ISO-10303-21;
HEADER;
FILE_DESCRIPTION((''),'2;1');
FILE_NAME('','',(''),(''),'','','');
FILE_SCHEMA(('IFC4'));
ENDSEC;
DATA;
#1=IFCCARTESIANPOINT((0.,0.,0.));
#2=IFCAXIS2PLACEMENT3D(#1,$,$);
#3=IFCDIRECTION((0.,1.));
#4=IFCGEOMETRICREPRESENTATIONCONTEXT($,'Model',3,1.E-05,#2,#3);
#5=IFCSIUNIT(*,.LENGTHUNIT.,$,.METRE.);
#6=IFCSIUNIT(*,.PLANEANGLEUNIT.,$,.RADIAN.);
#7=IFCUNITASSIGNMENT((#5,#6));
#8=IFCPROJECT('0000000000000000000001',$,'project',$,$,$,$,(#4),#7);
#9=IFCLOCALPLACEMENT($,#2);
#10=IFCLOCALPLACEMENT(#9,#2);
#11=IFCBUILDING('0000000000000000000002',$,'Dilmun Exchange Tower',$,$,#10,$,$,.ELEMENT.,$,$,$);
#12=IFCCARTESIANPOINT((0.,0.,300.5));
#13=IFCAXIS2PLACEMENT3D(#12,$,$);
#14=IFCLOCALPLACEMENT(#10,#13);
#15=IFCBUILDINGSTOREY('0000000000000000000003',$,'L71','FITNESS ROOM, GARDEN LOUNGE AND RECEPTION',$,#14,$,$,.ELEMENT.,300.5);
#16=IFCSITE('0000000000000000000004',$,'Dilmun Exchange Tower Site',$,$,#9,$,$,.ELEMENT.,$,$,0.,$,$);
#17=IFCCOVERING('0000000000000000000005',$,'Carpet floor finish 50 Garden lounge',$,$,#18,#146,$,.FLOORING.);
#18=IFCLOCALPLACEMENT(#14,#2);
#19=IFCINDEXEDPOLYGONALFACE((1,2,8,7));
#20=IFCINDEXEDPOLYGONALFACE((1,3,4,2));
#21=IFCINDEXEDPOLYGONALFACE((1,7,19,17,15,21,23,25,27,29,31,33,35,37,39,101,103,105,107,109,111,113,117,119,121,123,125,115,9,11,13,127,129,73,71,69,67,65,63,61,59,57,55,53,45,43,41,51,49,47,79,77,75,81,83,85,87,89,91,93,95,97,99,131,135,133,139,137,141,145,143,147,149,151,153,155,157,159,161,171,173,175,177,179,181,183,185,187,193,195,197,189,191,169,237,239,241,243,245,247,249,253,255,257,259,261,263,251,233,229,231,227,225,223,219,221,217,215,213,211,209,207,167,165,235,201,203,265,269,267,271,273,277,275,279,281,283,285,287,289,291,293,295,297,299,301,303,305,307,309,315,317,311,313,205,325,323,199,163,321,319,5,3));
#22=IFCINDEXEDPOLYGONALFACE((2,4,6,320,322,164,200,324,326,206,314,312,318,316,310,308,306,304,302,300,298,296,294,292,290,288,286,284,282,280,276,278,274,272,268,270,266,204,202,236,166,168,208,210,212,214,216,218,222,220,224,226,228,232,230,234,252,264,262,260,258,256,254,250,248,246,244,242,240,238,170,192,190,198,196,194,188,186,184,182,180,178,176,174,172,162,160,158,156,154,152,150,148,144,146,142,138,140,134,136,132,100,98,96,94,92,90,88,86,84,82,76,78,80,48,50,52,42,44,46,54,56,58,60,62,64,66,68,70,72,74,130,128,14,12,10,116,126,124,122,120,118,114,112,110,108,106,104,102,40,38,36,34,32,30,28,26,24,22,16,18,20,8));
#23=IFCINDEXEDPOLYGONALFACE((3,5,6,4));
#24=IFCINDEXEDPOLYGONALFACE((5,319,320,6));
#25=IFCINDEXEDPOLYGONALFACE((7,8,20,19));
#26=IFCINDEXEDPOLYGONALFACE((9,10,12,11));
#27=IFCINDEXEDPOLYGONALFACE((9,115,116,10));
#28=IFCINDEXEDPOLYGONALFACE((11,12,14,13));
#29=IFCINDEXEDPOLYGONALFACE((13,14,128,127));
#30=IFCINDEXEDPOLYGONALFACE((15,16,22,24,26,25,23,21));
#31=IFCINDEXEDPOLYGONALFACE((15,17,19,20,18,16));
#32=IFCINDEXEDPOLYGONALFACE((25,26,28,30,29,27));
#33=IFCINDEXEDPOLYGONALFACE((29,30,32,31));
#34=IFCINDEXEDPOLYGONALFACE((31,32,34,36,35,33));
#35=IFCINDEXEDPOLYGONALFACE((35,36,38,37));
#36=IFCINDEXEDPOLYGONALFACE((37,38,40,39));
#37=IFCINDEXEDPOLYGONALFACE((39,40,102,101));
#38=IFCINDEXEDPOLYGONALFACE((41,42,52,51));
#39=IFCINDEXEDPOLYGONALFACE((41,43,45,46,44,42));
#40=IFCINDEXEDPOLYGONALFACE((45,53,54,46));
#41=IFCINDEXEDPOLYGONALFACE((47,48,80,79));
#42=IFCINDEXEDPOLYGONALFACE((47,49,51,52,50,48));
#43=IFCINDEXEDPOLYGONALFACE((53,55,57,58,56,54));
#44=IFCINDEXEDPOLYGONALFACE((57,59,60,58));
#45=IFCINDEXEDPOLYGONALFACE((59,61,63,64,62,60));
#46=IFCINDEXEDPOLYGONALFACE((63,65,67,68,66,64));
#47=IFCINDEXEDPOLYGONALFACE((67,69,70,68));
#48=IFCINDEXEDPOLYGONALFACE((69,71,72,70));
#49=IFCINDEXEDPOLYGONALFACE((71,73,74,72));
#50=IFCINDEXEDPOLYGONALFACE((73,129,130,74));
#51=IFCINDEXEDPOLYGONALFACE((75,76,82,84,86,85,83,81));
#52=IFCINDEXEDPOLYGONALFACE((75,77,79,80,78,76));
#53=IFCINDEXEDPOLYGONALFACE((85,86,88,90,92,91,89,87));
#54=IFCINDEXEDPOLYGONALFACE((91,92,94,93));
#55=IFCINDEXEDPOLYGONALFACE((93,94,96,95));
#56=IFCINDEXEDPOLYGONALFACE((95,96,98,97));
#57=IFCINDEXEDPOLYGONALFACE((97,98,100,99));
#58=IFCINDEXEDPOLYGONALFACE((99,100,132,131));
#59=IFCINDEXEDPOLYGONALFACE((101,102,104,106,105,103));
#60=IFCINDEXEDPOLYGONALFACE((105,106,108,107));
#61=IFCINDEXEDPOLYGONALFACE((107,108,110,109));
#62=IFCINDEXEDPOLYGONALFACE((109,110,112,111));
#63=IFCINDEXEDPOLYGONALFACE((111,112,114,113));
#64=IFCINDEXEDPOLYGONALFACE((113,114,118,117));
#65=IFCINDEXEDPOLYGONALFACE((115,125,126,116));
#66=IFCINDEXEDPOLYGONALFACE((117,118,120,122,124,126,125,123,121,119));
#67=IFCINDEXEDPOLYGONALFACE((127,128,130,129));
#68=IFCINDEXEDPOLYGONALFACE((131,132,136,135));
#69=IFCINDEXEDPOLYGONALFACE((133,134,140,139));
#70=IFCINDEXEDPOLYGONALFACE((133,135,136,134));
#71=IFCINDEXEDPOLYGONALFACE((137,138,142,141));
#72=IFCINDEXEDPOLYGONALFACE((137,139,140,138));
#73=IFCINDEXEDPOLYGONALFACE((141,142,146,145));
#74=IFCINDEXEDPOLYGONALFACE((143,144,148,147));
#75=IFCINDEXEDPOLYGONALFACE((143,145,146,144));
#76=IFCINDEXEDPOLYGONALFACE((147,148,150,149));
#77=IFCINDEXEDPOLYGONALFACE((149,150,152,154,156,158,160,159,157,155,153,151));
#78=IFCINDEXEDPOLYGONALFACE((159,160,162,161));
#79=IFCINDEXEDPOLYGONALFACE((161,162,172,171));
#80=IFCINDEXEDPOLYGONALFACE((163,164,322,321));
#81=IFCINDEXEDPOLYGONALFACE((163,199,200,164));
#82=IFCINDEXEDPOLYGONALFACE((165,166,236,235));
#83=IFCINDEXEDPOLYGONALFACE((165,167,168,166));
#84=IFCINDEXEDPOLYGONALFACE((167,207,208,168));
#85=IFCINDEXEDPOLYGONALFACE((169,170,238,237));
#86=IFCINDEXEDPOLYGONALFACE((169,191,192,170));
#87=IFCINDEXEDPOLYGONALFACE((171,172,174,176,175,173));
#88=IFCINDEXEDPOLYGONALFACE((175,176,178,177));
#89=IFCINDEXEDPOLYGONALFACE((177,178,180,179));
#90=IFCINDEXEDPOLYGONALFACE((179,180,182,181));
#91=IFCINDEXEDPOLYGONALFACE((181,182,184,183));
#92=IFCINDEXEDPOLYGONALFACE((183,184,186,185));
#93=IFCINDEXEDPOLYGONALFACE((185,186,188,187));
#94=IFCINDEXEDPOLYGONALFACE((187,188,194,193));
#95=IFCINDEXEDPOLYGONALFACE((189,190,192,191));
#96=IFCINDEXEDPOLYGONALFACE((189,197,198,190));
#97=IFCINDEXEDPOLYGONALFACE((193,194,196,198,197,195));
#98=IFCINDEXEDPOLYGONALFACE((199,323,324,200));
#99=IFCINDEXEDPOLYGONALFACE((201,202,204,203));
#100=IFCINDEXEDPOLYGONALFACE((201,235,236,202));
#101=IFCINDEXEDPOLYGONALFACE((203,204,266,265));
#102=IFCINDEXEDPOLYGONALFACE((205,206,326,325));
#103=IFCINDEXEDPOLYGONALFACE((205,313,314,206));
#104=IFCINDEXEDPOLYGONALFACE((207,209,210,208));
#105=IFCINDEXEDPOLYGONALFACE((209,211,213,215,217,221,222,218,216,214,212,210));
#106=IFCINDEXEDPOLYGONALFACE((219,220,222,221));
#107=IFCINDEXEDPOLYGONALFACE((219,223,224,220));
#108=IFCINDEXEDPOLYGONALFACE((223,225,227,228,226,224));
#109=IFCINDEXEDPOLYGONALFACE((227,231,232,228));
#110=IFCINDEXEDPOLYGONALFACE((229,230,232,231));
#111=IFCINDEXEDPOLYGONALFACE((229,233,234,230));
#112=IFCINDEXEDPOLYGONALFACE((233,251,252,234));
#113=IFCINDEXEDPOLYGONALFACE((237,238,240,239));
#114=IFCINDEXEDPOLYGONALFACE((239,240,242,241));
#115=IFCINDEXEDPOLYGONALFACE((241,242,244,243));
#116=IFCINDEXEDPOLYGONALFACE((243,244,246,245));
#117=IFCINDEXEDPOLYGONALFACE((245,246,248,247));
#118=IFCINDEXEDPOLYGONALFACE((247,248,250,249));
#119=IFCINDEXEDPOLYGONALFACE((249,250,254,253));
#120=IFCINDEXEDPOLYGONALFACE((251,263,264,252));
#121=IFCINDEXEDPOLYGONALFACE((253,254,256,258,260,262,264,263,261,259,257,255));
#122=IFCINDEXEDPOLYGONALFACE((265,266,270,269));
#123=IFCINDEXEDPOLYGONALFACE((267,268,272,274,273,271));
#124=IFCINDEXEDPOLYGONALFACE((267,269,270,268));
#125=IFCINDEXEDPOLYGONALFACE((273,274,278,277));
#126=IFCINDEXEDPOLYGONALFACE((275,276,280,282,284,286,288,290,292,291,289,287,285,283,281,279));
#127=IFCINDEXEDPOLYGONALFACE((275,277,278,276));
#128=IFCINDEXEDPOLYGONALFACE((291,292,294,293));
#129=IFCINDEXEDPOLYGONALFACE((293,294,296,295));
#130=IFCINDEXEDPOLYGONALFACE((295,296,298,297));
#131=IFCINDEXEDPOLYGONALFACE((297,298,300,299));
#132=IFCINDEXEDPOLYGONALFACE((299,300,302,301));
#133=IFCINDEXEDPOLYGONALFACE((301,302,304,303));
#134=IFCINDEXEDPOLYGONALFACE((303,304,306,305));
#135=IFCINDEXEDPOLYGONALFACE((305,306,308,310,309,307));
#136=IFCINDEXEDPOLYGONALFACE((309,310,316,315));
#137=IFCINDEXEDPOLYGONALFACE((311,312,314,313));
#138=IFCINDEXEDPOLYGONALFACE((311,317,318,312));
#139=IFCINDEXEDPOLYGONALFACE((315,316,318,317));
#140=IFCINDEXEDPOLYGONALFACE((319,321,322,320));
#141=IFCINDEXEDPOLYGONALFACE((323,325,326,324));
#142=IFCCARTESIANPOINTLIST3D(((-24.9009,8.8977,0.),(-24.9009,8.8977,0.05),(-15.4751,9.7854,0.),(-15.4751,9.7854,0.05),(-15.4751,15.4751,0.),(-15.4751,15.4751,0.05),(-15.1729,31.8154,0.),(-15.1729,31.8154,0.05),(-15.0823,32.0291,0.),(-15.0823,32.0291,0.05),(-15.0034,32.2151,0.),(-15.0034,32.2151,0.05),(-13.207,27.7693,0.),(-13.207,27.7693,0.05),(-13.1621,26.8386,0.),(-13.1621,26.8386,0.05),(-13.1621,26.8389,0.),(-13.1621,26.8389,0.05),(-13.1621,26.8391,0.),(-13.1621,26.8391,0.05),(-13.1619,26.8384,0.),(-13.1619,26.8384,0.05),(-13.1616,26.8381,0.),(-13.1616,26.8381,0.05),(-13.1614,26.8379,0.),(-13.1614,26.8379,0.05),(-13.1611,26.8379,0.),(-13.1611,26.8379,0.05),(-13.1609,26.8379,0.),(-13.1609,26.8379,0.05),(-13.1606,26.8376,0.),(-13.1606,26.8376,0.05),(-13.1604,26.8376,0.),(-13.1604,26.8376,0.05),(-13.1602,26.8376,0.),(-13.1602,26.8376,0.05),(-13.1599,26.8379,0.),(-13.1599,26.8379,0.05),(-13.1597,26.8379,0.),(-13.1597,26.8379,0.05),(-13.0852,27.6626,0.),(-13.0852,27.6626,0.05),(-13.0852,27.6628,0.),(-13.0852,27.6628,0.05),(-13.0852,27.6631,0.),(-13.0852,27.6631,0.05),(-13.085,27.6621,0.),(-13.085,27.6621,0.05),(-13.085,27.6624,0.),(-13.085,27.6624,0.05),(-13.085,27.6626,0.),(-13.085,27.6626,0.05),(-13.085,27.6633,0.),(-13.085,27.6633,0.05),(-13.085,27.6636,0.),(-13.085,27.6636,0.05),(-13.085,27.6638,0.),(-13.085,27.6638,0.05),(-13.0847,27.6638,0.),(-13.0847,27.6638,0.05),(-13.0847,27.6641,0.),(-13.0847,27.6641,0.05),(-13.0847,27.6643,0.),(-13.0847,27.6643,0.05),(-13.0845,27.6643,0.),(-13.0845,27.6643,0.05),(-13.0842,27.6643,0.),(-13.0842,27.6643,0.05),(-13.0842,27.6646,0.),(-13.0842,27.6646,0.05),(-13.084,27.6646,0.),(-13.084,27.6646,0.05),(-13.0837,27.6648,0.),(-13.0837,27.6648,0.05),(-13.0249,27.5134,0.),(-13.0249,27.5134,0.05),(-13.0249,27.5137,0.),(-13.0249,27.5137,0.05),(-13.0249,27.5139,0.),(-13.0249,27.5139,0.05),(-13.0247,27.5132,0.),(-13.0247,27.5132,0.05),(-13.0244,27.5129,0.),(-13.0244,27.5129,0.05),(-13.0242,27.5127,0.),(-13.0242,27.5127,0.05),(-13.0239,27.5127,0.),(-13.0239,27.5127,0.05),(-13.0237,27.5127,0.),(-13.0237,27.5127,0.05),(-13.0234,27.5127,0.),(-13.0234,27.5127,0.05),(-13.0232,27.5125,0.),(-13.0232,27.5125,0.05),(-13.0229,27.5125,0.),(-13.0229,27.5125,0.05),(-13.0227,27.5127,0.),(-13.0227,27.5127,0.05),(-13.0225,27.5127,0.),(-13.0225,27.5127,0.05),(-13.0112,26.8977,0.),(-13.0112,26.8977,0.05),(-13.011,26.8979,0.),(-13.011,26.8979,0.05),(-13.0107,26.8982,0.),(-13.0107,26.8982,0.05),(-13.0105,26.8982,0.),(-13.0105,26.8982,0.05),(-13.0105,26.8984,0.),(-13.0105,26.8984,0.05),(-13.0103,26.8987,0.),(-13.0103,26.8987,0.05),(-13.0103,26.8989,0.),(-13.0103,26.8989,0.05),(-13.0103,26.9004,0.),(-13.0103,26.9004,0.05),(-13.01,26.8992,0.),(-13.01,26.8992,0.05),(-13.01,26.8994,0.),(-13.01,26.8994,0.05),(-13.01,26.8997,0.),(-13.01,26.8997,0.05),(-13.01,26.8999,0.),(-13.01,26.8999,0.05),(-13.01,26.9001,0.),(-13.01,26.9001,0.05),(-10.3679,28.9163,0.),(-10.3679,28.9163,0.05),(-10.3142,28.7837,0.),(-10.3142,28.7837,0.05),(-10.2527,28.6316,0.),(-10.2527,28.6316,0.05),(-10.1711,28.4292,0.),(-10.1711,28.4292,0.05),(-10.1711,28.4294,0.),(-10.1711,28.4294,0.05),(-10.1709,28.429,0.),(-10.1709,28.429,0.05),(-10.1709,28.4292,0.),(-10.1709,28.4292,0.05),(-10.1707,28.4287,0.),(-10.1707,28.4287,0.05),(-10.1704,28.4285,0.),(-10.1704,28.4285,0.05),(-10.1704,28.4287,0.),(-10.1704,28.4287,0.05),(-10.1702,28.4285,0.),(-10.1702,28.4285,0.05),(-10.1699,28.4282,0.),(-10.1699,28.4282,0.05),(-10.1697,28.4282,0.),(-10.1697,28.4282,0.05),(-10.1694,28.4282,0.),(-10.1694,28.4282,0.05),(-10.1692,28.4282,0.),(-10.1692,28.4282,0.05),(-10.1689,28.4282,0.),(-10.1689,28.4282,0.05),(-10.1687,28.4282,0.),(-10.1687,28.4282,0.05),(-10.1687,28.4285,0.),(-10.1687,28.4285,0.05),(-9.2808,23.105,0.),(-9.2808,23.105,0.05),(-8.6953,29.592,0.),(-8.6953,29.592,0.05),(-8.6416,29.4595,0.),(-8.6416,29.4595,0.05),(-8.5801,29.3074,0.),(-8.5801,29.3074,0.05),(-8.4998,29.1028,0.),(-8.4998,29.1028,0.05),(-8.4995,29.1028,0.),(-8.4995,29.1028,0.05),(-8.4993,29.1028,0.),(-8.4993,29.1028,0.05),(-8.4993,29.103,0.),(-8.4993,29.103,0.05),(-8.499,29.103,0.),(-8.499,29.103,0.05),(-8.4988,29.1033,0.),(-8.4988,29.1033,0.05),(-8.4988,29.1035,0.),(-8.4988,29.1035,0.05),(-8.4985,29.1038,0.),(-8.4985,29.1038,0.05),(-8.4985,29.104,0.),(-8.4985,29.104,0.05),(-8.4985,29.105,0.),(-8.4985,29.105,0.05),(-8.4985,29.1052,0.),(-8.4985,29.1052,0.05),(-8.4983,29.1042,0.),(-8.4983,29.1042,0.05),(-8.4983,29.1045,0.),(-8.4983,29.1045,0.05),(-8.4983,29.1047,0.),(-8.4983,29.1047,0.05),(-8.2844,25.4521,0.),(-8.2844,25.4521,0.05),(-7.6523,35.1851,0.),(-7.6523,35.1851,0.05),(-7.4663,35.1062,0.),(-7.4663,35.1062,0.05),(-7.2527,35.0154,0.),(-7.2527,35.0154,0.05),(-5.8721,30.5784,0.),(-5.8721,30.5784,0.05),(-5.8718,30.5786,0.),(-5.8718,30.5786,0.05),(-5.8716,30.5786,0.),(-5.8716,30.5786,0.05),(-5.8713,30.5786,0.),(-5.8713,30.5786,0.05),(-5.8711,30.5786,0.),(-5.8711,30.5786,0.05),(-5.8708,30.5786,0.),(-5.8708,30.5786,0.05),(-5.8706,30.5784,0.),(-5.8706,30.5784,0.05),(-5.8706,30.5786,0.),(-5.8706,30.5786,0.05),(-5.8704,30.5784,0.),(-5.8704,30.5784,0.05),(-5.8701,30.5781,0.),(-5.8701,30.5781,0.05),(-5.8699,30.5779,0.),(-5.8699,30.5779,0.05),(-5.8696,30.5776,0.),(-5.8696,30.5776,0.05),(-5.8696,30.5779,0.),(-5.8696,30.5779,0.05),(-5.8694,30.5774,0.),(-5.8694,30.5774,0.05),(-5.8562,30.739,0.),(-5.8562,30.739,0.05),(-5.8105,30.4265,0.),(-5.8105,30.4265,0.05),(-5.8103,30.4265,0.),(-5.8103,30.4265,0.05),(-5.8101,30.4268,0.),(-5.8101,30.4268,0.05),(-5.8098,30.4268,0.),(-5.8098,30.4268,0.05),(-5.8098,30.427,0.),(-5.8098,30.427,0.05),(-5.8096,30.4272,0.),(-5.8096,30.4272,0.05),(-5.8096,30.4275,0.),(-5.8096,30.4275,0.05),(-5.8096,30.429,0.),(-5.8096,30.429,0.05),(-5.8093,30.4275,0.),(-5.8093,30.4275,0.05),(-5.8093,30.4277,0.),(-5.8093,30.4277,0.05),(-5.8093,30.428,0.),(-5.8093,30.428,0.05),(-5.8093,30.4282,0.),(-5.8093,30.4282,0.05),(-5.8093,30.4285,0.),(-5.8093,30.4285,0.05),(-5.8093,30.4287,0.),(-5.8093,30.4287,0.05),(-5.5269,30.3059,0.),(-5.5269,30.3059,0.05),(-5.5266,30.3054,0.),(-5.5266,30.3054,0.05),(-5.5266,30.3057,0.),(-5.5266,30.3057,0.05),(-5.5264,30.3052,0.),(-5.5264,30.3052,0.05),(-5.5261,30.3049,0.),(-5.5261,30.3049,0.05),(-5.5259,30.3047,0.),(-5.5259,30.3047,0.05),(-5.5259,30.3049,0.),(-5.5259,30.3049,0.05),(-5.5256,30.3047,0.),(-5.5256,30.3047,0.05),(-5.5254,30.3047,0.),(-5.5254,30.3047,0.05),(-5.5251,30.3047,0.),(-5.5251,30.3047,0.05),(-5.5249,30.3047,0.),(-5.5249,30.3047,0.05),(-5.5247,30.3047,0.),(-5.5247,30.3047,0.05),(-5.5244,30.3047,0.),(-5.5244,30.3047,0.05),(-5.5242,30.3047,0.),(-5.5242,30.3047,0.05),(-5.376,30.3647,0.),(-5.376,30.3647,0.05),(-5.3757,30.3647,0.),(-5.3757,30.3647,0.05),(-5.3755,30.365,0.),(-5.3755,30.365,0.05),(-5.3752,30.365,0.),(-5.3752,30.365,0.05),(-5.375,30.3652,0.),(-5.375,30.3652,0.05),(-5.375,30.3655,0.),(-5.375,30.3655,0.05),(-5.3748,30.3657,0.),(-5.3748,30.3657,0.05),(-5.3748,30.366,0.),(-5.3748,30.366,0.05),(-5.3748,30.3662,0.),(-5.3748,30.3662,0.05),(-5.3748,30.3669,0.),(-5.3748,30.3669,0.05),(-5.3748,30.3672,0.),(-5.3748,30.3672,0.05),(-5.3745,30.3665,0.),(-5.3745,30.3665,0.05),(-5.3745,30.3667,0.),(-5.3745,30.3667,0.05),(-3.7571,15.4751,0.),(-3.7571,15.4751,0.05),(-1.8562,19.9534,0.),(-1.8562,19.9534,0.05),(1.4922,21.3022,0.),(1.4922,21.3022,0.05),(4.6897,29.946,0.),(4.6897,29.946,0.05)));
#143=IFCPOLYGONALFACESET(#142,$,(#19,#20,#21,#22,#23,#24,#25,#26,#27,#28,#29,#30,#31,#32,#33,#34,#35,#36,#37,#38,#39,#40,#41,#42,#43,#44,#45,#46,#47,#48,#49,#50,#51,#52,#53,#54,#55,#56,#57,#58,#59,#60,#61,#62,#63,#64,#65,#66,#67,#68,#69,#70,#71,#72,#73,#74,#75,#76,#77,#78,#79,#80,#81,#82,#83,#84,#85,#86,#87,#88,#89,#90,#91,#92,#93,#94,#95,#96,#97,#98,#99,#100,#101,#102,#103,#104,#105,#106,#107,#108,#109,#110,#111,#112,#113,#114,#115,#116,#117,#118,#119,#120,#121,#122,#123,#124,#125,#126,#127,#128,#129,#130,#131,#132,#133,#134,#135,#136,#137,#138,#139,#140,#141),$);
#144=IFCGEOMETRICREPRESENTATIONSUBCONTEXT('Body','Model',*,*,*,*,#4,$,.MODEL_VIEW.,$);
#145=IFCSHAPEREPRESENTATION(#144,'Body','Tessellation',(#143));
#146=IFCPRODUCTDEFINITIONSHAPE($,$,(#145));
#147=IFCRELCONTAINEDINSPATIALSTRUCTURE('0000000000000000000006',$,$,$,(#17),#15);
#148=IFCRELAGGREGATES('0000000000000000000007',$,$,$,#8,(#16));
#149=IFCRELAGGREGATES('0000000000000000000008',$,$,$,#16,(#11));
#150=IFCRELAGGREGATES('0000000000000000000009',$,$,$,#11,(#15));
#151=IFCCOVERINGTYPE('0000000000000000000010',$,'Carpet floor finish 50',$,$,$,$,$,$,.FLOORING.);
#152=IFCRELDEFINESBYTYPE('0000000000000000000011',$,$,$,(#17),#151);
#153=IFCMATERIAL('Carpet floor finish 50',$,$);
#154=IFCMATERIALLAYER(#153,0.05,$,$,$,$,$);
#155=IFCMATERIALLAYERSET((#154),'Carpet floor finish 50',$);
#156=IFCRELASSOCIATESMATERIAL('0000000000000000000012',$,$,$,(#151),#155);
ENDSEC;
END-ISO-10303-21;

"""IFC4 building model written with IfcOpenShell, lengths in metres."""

from ifc_helpers import new_model, si_unit, direction, frame, origin, place, context, subcontext, project, spatial, polyline, outline, extrude, material, layer, layer_set, type_object, element, save


model = new_model("IFC4")

# Units and contexts
model_context = context("Model", 3, precision=1e-05, world=origin(), true_north=direction((0.0, 1.0)))
body_context = subcontext(model_context, "Body", "Model", "MODEL_VIEW")
ifc_project = project(units=[si_unit("LENGTHUNIT", "METRE"), si_unit("PLANEANGLEUNIT", "RADIAN")], contexts=[model_context])

# Site, building, storey
site_placement = place(None, origin())
site = spatial("IfcSite", under=ifc_project, at=site_placement, Name="Dilmun Exchange Tower Site", CompositionType="ELEMENT", RefElevation=0.0)
building_placement = place(site_placement, origin())
building = spatial("IfcBuilding", under=site, at=building_placement, Name="Dilmun Exchange Tower", CompositionType="ELEMENT")
storey_placement = place(building_placement, frame((0.0, 0.0, 300.5)))
storey = spatial("IfcBuildingStorey", under=building, at=storey_placement, Name="L71", Description="FITNESS ROOM, GARDEN LOUNGE AND RECEPTION", CompositionType="ELEMENT", Elevation=300.5)

# Covering
ifc_material_1 = material(Name="Carpet floor finish 50")
ifc_layer_1 = layer(ifc_material_1, 0.05)
ifc_layer_set_1 = layer_set([ifc_layer_1], Name="Carpet floor finish 50")
covering_type_1 = type_object("IfcCoveringType", Name="Carpet floor finish 50", PredefinedType="FLOORING", material=ifc_layer_set_1)
covering_1_placement = place(storey_placement, origin())
element("IfcCovering", 1, at=covering_1_placement, inside=storey, type_object=covering_type_1, Name="Carpet floor finish 50 Garden lounge", PredefinedType="FLOORING", context=body_context, shape_type="SweptSolid", body=[
    extrude(outline(polyline([(-10.3679, 28.9163), (-10.3142, 28.7837), (-13.0837, 27.6648), (-13.084, 27.6646), (-13.0842, 27.6646), (-13.0842, 27.6643), (-13.0845, 27.6643), (-13.0847, 27.6643), (-13.0847, 27.6641), (-13.0847, 27.6638), (-13.085, 27.6638), (-13.085, 27.6636), (-13.085, 27.6633), (-13.0852, 27.6631), (-13.0852, 27.6628), (-13.0852, 27.6626), (-13.085, 27.6626), (-13.085, 27.6624), (-13.085, 27.6621), (-13.0249, 27.5139), (-13.0249, 27.5137), (-13.0249, 27.5134), (-13.0247, 27.5132), (-13.0247, 27.5132), (-13.0244, 27.5129), (-13.0244, 27.5129), (-13.0242, 27.5127), (-13.0239, 27.5127), (-13.0237, 27.5127), (-13.0234, 27.5127), (-13.0232, 27.5125), (-13.0232, 27.5125), (-13.0229, 27.5125), (-13.0227, 27.5127), (-13.0227, 27.5127), (-13.0225, 27.5127), (-10.2527, 28.6316), (-10.1711, 28.4294), (-10.1711, 28.4292), (-10.1709, 28.4292), (-10.1709, 28.429), (-10.1707, 28.4287), (-10.1707, 28.4287), (-10.1704, 28.4287), (-10.1704, 28.4285), (-10.1702, 28.4285), (-10.1699, 28.4282), (-10.1697, 28.4282), (-10.1694, 28.4282), (-10.1692, 28.4282), (-10.1692, 28.4282), (-10.1689, 28.4282), (-10.1687, 28.4282), (-10.1687, 28.4285), (-8.4998, 29.1028), (-8.4995, 29.1028), (-8.4993, 29.1028), (-8.4993, 29.103), (-8.499, 29.103), (-8.4988, 29.1033), (-8.4988, 29.1035), (-8.4988, 29.1035), (-8.4985, 29.1038), (-8.4985, 29.104), (-8.4985, 29.104), (-8.4983, 29.1042), (-8.4983, 29.1045), (-8.4983, 29.1047), (-8.4985, 29.105), (-8.4985, 29.105), (-8.4985, 29.1052), (-8.5801, 29.3074), (-5.8105, 30.4265), (-5.8103, 30.4265), (-5.8103, 30.4265), (-5.8101, 30.4268), (-5.8098, 30.4268), (-5.8098, 30.427), (-5.8098, 30.427), (-5.8096, 30.4272), (-5.8096, 30.4275), (-5.8093, 30.4275), (-5.8093, 30.4277), (-5.8093, 30.428), (-5.8093, 30.4282), (-5.8093, 30.4285), (-5.8093, 30.4287), (-5.8093, 30.4287), (-5.8096, 30.429), (-5.8694, 30.5774), (-5.8694, 30.5774), (-5.8696, 30.5776), (-5.8696, 30.5779), (-5.8699, 30.5779), (-5.8701, 30.5781), (-5.8701, 30.5781), (-5.8704, 30.5784), (-5.8706, 30.5784), (-5.8706, 30.5786), (-5.8708, 30.5786), (-5.8711, 30.5786), (-5.8711, 30.5786), (-5.8713, 30.5786), (-5.8716, 30.5786), (-5.8718, 30.5786), (-5.8721, 30.5784), (-8.6416, 29.4595), (-8.6953, 29.592), (-5.8562, 30.739), (-7.6523, 35.1851), (-7.4663, 35.1062), (-5.5269, 30.3059), (-5.5266, 30.3057), (-5.5266, 30.3054), (-5.5266, 30.3054), (-5.5264, 30.3052), (-5.5264, 30.3052), (-5.5261, 30.3049), (-5.5259, 30.3049), (-5.5259, 30.3047), (-5.5256, 30.3047), (-5.5254, 30.3047), (-5.5251, 30.3047), (-5.5249, 30.3047), (-5.5249, 30.3047), (-5.5247, 30.3047), (-5.5244, 30.3047), (-5.5242, 30.3047), (-5.376, 30.3647), (-5.3757, 30.3647), (-5.3755, 30.365), (-5.3755, 30.365), (-5.3752, 30.365), (-5.375, 30.3652), (-5.375, 30.3655), (-5.375, 30.3655), (-5.3748, 30.3657), (-5.3748, 30.366), (-5.3748, 30.3662), (-5.3745, 30.3665), (-5.3745, 30.3667), (-5.3745, 30.3667), (-5.3748, 30.3669), (-5.3748, 30.3672), (-5.3748, 30.3672), (-7.2527, 35.0154), (4.6897, 29.946), (1.4922, 21.3022), (-8.2844, 25.4521), (-9.2808, 23.105), (-1.8562, 19.9534), (-3.7571, 15.4751), (-15.4751, 15.4751), (-15.4751, 9.7854), (-24.9009, 8.8977), (-15.1729, 31.8154), (-13.1621, 26.8391), (-13.1621, 26.8389), (-13.1621, 26.8386), (-13.1619, 26.8384), (-13.1619, 26.8384), (-13.1616, 26.8381), (-13.1616, 26.8381), (-13.1614, 26.8379), (-13.1611, 26.8379), (-13.1609, 26.8379), (-13.1609, 26.8379), (-13.1606, 26.8376), (-13.1604, 26.8376), (-13.1602, 26.8376), (-13.1599, 26.8379), (-13.1599, 26.8379), (-13.1597, 26.8379), (-13.0112, 26.8977), (-13.011, 26.8979), (-13.011, 26.8979), (-13.0107, 26.8982), (-13.0105, 26.8982), (-13.0105, 26.8984), (-13.0105, 26.8984), (-13.0103, 26.8987), (-13.0103, 26.8989), (-13.01, 26.8992), (-13.01, 26.8994), (-13.01, 26.8994), (-13.01, 26.8997), (-13.01, 26.8999), (-13.01, 26.8999), (-13.01, 26.9001), (-13.0103, 26.9004), (-15.0823, 32.0291), (-15.0034, 32.2151), (-13.207, 27.7693), (-10.3679, 28.9163)])), origin(), (0.0, 0.0, 1.0), 0.05),
])

save(model, "model.ifc")
